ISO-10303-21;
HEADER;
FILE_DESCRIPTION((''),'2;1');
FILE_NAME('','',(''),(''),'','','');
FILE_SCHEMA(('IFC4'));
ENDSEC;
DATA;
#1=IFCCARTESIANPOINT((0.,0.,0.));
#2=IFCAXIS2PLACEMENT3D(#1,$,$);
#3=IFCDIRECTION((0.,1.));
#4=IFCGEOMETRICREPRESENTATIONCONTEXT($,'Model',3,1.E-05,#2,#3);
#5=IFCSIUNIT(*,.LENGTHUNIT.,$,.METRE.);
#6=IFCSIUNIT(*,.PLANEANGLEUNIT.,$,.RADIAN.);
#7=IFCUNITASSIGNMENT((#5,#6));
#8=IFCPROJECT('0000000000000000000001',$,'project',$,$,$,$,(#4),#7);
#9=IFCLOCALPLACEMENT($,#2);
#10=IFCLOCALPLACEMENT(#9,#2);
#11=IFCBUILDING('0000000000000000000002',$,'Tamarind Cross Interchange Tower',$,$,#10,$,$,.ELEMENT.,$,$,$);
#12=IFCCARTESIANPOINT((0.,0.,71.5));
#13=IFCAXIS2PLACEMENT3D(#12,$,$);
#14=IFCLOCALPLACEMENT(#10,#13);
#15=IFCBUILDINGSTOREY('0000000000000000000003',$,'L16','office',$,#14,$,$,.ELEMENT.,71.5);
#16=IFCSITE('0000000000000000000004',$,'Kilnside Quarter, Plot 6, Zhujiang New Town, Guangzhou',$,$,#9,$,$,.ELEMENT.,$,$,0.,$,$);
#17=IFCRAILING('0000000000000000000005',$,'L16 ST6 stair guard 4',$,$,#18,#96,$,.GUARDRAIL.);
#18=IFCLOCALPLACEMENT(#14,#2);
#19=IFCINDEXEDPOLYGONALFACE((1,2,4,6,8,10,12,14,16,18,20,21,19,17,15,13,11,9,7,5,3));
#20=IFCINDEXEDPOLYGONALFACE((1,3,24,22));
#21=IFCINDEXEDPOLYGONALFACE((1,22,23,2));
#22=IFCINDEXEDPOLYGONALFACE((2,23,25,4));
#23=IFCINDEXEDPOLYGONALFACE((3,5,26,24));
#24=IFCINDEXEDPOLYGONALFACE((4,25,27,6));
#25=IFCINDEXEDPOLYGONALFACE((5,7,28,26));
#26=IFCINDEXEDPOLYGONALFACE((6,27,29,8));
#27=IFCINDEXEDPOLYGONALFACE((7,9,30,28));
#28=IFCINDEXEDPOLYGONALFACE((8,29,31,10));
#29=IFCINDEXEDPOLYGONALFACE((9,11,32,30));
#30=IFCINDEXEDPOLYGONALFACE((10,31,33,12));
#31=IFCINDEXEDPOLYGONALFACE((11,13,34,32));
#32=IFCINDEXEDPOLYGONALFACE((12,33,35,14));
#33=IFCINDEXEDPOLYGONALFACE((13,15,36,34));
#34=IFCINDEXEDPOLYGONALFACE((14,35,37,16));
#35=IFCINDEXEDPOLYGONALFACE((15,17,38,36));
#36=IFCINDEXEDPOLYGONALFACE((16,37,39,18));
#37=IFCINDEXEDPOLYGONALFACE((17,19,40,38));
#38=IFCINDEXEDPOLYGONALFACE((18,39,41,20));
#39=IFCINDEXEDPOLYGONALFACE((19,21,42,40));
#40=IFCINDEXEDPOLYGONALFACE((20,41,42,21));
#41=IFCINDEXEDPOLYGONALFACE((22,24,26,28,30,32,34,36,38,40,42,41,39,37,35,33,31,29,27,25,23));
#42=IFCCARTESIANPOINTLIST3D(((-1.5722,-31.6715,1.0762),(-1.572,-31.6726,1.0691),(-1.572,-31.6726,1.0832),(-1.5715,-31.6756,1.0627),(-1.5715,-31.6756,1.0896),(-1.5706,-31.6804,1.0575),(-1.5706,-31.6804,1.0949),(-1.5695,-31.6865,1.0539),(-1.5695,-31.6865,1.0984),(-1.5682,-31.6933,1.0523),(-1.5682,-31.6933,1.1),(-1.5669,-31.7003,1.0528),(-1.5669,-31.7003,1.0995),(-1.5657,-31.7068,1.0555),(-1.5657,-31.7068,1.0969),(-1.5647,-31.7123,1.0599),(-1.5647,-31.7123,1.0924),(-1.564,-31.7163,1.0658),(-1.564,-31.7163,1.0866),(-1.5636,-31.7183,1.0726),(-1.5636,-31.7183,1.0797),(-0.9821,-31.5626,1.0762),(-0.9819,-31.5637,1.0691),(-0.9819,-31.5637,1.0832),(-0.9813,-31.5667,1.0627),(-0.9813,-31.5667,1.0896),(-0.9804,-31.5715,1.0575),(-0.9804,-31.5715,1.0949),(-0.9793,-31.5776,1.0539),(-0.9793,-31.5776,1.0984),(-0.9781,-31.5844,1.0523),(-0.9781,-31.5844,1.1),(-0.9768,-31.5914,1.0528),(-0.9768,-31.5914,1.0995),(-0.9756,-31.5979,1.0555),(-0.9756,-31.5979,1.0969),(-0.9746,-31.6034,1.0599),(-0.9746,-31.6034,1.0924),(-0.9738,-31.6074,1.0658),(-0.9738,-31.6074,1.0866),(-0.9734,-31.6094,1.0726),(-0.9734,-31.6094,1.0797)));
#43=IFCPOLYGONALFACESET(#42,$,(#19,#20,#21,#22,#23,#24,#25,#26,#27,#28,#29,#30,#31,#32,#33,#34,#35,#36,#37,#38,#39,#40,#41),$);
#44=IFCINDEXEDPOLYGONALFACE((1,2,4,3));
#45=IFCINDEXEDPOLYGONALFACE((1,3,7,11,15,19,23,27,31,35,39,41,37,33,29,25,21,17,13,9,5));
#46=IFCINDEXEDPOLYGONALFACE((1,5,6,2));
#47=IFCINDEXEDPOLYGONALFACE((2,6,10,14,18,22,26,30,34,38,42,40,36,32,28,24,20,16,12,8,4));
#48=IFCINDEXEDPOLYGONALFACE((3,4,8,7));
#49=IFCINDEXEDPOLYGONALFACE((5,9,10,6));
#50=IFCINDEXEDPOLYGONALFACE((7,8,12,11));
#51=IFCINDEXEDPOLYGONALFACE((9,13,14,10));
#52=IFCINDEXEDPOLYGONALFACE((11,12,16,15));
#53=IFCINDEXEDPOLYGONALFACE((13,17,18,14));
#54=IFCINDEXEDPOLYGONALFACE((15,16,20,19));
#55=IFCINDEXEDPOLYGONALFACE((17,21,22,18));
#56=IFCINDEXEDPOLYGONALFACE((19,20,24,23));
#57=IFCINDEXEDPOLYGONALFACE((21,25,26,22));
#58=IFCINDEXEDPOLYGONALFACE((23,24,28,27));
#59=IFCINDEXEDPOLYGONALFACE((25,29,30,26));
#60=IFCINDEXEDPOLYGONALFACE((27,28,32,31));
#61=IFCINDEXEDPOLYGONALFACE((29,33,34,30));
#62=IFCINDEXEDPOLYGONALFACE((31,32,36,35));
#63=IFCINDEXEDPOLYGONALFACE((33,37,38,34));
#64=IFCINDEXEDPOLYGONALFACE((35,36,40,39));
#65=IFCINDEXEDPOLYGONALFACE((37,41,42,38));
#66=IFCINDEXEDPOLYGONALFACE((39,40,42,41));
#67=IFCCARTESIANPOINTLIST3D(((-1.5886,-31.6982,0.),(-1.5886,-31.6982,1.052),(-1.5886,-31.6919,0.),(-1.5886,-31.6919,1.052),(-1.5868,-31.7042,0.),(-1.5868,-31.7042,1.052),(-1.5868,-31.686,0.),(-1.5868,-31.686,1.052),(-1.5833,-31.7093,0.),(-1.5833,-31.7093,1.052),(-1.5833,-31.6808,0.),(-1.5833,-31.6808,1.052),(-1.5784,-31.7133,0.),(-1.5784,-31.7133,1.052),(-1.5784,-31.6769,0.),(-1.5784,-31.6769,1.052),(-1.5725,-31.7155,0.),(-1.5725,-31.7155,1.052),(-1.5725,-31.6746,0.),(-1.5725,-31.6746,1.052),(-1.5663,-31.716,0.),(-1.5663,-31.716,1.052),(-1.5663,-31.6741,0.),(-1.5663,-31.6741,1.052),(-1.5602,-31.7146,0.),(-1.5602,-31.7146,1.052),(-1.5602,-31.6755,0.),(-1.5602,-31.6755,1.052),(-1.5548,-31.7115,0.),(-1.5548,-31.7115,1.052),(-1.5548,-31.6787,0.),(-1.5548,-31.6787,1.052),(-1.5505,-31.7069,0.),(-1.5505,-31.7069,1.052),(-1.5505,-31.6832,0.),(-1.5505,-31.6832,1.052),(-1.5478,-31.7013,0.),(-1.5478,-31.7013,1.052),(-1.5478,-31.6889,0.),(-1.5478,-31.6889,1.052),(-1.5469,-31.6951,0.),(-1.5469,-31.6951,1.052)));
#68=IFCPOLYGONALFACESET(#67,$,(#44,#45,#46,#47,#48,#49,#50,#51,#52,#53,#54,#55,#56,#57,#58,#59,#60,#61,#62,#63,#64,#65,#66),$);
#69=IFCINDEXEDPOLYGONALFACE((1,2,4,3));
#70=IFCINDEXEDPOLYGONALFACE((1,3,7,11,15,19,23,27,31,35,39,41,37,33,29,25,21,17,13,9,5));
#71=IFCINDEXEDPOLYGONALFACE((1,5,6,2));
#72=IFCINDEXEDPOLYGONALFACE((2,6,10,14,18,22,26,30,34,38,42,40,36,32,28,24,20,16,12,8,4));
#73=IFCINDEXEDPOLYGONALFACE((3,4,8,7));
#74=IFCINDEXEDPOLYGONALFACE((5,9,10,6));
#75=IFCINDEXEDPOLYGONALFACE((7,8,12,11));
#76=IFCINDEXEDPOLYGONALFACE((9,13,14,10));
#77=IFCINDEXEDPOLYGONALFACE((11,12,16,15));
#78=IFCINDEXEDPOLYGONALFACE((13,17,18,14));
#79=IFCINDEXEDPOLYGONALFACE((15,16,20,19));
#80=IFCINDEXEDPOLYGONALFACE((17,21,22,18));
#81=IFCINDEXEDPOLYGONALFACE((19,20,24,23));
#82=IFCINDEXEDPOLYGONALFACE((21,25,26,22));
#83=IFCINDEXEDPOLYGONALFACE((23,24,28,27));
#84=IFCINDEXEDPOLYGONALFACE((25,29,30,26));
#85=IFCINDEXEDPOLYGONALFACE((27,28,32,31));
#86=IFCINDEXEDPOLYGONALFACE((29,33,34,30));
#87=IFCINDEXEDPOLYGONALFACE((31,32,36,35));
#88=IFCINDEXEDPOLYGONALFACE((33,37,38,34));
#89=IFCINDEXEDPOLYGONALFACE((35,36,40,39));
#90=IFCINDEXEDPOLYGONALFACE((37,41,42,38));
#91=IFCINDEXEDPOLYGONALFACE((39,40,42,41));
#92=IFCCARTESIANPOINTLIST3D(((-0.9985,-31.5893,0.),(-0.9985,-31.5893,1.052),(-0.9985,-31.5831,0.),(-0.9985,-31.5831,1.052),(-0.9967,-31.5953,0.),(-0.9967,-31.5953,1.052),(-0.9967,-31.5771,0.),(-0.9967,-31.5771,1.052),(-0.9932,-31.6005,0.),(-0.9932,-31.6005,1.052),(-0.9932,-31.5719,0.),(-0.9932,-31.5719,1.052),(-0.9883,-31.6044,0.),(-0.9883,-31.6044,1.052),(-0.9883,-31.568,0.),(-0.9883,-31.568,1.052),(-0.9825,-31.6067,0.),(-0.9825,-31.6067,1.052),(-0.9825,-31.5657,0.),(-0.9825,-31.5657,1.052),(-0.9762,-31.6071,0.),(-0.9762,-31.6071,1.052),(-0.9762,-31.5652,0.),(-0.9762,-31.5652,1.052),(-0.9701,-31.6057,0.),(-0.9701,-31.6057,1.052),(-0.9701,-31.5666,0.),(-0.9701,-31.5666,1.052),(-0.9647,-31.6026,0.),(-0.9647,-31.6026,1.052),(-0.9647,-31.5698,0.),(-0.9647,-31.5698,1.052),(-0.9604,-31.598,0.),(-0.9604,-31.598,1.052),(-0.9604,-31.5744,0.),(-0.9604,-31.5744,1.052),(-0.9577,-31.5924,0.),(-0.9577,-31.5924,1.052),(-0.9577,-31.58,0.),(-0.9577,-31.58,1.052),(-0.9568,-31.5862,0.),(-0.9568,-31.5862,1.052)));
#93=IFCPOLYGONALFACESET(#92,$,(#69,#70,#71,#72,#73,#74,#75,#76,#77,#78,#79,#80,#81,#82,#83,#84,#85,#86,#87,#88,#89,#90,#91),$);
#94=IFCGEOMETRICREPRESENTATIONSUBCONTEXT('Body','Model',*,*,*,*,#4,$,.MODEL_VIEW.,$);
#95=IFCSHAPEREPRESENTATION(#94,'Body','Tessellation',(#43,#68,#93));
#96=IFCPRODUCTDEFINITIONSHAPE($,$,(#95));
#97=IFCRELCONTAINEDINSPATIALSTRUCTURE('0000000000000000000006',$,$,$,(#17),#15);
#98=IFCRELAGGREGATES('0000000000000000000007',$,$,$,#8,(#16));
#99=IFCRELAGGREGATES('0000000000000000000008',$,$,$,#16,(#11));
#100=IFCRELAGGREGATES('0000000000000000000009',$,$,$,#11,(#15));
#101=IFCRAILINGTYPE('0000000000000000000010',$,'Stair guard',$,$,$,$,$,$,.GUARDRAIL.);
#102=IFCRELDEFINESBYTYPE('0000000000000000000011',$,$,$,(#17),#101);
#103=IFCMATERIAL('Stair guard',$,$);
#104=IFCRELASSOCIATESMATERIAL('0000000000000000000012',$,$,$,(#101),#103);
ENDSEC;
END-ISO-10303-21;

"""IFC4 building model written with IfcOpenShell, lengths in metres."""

from ifc_helpers import new_model, si_unit, direction, frame, origin, origin_2d, place, context, subcontext, project, spatial, circle, extrude, material, type_object, element, save


model = new_model("IFC4")

# Units and contexts
model_context = context("Model", 3, precision=1e-05, world=origin(), true_north=direction((0.0, 1.0)))
body_context = subcontext(model_context, "Body", "Model", "MODEL_VIEW")
ifc_project = project(units=[si_unit("LENGTHUNIT", "METRE"), si_unit("PLANEANGLEUNIT", "RADIAN")], contexts=[model_context])

# Site, building, storey
site_placement = place(None, origin())
site = spatial("IfcSite", under=ifc_project, at=site_placement, Name="Kilnside Quarter, Plot 6, Zhujiang New Town, Guangzhou", CompositionType="ELEMENT", RefElevation=0.0)
building_placement = place(site_placement, origin())
building = spatial("IfcBuilding", under=site, at=building_placement, Name="Tamarind Cross Interchange Tower", CompositionType="ELEMENT")
storey_placement = place(building_placement, frame((0.0, 0.0, 71.5)))
storey = spatial("IfcBuildingStorey", under=building, at=storey_placement, Name="L16", Description="office", CompositionType="ELEMENT", Elevation=71.5)

# Railing
ifc_material_1 = material(Name="Stair guard")
railing_type_1 = type_object("IfcRailingType", Name="Stair guard", PredefinedType="GUARDRAIL", material=ifc_material_1)
railing_1_placement = place(storey_placement, frame((-1.5679, -31.6951, 0.0)))
element("IfcRailing", 1, at=railing_1_placement, inside=storey, type_object=railing_type_1, Name="L16 ST6 stair guard 4", PredefinedType="GUARDRAIL", context=body_context, shape_type="SweptSolid", body=[
    extrude(circle(Radius=0.0239, at=origin_2d()), frame((0.0, 0.0, 1.0762), z_axis=(0.983398, 0.181463, 0.0), x_axis=(-0.181463, 0.983398, 0.0)), (0.0, 0.0, 1.0), 0.6001),
    extrude(circle(Radius=0.021, at=origin_2d()), origin(), (0.0, 0.0, 1.0), 1.052),
    extrude(circle(Radius=0.021, at=origin_2d()), frame((0.5901, 0.1089, 0.0)), (0.0, 0.0, 1.0), 1.052),
])

save(model, "model.ifc")
